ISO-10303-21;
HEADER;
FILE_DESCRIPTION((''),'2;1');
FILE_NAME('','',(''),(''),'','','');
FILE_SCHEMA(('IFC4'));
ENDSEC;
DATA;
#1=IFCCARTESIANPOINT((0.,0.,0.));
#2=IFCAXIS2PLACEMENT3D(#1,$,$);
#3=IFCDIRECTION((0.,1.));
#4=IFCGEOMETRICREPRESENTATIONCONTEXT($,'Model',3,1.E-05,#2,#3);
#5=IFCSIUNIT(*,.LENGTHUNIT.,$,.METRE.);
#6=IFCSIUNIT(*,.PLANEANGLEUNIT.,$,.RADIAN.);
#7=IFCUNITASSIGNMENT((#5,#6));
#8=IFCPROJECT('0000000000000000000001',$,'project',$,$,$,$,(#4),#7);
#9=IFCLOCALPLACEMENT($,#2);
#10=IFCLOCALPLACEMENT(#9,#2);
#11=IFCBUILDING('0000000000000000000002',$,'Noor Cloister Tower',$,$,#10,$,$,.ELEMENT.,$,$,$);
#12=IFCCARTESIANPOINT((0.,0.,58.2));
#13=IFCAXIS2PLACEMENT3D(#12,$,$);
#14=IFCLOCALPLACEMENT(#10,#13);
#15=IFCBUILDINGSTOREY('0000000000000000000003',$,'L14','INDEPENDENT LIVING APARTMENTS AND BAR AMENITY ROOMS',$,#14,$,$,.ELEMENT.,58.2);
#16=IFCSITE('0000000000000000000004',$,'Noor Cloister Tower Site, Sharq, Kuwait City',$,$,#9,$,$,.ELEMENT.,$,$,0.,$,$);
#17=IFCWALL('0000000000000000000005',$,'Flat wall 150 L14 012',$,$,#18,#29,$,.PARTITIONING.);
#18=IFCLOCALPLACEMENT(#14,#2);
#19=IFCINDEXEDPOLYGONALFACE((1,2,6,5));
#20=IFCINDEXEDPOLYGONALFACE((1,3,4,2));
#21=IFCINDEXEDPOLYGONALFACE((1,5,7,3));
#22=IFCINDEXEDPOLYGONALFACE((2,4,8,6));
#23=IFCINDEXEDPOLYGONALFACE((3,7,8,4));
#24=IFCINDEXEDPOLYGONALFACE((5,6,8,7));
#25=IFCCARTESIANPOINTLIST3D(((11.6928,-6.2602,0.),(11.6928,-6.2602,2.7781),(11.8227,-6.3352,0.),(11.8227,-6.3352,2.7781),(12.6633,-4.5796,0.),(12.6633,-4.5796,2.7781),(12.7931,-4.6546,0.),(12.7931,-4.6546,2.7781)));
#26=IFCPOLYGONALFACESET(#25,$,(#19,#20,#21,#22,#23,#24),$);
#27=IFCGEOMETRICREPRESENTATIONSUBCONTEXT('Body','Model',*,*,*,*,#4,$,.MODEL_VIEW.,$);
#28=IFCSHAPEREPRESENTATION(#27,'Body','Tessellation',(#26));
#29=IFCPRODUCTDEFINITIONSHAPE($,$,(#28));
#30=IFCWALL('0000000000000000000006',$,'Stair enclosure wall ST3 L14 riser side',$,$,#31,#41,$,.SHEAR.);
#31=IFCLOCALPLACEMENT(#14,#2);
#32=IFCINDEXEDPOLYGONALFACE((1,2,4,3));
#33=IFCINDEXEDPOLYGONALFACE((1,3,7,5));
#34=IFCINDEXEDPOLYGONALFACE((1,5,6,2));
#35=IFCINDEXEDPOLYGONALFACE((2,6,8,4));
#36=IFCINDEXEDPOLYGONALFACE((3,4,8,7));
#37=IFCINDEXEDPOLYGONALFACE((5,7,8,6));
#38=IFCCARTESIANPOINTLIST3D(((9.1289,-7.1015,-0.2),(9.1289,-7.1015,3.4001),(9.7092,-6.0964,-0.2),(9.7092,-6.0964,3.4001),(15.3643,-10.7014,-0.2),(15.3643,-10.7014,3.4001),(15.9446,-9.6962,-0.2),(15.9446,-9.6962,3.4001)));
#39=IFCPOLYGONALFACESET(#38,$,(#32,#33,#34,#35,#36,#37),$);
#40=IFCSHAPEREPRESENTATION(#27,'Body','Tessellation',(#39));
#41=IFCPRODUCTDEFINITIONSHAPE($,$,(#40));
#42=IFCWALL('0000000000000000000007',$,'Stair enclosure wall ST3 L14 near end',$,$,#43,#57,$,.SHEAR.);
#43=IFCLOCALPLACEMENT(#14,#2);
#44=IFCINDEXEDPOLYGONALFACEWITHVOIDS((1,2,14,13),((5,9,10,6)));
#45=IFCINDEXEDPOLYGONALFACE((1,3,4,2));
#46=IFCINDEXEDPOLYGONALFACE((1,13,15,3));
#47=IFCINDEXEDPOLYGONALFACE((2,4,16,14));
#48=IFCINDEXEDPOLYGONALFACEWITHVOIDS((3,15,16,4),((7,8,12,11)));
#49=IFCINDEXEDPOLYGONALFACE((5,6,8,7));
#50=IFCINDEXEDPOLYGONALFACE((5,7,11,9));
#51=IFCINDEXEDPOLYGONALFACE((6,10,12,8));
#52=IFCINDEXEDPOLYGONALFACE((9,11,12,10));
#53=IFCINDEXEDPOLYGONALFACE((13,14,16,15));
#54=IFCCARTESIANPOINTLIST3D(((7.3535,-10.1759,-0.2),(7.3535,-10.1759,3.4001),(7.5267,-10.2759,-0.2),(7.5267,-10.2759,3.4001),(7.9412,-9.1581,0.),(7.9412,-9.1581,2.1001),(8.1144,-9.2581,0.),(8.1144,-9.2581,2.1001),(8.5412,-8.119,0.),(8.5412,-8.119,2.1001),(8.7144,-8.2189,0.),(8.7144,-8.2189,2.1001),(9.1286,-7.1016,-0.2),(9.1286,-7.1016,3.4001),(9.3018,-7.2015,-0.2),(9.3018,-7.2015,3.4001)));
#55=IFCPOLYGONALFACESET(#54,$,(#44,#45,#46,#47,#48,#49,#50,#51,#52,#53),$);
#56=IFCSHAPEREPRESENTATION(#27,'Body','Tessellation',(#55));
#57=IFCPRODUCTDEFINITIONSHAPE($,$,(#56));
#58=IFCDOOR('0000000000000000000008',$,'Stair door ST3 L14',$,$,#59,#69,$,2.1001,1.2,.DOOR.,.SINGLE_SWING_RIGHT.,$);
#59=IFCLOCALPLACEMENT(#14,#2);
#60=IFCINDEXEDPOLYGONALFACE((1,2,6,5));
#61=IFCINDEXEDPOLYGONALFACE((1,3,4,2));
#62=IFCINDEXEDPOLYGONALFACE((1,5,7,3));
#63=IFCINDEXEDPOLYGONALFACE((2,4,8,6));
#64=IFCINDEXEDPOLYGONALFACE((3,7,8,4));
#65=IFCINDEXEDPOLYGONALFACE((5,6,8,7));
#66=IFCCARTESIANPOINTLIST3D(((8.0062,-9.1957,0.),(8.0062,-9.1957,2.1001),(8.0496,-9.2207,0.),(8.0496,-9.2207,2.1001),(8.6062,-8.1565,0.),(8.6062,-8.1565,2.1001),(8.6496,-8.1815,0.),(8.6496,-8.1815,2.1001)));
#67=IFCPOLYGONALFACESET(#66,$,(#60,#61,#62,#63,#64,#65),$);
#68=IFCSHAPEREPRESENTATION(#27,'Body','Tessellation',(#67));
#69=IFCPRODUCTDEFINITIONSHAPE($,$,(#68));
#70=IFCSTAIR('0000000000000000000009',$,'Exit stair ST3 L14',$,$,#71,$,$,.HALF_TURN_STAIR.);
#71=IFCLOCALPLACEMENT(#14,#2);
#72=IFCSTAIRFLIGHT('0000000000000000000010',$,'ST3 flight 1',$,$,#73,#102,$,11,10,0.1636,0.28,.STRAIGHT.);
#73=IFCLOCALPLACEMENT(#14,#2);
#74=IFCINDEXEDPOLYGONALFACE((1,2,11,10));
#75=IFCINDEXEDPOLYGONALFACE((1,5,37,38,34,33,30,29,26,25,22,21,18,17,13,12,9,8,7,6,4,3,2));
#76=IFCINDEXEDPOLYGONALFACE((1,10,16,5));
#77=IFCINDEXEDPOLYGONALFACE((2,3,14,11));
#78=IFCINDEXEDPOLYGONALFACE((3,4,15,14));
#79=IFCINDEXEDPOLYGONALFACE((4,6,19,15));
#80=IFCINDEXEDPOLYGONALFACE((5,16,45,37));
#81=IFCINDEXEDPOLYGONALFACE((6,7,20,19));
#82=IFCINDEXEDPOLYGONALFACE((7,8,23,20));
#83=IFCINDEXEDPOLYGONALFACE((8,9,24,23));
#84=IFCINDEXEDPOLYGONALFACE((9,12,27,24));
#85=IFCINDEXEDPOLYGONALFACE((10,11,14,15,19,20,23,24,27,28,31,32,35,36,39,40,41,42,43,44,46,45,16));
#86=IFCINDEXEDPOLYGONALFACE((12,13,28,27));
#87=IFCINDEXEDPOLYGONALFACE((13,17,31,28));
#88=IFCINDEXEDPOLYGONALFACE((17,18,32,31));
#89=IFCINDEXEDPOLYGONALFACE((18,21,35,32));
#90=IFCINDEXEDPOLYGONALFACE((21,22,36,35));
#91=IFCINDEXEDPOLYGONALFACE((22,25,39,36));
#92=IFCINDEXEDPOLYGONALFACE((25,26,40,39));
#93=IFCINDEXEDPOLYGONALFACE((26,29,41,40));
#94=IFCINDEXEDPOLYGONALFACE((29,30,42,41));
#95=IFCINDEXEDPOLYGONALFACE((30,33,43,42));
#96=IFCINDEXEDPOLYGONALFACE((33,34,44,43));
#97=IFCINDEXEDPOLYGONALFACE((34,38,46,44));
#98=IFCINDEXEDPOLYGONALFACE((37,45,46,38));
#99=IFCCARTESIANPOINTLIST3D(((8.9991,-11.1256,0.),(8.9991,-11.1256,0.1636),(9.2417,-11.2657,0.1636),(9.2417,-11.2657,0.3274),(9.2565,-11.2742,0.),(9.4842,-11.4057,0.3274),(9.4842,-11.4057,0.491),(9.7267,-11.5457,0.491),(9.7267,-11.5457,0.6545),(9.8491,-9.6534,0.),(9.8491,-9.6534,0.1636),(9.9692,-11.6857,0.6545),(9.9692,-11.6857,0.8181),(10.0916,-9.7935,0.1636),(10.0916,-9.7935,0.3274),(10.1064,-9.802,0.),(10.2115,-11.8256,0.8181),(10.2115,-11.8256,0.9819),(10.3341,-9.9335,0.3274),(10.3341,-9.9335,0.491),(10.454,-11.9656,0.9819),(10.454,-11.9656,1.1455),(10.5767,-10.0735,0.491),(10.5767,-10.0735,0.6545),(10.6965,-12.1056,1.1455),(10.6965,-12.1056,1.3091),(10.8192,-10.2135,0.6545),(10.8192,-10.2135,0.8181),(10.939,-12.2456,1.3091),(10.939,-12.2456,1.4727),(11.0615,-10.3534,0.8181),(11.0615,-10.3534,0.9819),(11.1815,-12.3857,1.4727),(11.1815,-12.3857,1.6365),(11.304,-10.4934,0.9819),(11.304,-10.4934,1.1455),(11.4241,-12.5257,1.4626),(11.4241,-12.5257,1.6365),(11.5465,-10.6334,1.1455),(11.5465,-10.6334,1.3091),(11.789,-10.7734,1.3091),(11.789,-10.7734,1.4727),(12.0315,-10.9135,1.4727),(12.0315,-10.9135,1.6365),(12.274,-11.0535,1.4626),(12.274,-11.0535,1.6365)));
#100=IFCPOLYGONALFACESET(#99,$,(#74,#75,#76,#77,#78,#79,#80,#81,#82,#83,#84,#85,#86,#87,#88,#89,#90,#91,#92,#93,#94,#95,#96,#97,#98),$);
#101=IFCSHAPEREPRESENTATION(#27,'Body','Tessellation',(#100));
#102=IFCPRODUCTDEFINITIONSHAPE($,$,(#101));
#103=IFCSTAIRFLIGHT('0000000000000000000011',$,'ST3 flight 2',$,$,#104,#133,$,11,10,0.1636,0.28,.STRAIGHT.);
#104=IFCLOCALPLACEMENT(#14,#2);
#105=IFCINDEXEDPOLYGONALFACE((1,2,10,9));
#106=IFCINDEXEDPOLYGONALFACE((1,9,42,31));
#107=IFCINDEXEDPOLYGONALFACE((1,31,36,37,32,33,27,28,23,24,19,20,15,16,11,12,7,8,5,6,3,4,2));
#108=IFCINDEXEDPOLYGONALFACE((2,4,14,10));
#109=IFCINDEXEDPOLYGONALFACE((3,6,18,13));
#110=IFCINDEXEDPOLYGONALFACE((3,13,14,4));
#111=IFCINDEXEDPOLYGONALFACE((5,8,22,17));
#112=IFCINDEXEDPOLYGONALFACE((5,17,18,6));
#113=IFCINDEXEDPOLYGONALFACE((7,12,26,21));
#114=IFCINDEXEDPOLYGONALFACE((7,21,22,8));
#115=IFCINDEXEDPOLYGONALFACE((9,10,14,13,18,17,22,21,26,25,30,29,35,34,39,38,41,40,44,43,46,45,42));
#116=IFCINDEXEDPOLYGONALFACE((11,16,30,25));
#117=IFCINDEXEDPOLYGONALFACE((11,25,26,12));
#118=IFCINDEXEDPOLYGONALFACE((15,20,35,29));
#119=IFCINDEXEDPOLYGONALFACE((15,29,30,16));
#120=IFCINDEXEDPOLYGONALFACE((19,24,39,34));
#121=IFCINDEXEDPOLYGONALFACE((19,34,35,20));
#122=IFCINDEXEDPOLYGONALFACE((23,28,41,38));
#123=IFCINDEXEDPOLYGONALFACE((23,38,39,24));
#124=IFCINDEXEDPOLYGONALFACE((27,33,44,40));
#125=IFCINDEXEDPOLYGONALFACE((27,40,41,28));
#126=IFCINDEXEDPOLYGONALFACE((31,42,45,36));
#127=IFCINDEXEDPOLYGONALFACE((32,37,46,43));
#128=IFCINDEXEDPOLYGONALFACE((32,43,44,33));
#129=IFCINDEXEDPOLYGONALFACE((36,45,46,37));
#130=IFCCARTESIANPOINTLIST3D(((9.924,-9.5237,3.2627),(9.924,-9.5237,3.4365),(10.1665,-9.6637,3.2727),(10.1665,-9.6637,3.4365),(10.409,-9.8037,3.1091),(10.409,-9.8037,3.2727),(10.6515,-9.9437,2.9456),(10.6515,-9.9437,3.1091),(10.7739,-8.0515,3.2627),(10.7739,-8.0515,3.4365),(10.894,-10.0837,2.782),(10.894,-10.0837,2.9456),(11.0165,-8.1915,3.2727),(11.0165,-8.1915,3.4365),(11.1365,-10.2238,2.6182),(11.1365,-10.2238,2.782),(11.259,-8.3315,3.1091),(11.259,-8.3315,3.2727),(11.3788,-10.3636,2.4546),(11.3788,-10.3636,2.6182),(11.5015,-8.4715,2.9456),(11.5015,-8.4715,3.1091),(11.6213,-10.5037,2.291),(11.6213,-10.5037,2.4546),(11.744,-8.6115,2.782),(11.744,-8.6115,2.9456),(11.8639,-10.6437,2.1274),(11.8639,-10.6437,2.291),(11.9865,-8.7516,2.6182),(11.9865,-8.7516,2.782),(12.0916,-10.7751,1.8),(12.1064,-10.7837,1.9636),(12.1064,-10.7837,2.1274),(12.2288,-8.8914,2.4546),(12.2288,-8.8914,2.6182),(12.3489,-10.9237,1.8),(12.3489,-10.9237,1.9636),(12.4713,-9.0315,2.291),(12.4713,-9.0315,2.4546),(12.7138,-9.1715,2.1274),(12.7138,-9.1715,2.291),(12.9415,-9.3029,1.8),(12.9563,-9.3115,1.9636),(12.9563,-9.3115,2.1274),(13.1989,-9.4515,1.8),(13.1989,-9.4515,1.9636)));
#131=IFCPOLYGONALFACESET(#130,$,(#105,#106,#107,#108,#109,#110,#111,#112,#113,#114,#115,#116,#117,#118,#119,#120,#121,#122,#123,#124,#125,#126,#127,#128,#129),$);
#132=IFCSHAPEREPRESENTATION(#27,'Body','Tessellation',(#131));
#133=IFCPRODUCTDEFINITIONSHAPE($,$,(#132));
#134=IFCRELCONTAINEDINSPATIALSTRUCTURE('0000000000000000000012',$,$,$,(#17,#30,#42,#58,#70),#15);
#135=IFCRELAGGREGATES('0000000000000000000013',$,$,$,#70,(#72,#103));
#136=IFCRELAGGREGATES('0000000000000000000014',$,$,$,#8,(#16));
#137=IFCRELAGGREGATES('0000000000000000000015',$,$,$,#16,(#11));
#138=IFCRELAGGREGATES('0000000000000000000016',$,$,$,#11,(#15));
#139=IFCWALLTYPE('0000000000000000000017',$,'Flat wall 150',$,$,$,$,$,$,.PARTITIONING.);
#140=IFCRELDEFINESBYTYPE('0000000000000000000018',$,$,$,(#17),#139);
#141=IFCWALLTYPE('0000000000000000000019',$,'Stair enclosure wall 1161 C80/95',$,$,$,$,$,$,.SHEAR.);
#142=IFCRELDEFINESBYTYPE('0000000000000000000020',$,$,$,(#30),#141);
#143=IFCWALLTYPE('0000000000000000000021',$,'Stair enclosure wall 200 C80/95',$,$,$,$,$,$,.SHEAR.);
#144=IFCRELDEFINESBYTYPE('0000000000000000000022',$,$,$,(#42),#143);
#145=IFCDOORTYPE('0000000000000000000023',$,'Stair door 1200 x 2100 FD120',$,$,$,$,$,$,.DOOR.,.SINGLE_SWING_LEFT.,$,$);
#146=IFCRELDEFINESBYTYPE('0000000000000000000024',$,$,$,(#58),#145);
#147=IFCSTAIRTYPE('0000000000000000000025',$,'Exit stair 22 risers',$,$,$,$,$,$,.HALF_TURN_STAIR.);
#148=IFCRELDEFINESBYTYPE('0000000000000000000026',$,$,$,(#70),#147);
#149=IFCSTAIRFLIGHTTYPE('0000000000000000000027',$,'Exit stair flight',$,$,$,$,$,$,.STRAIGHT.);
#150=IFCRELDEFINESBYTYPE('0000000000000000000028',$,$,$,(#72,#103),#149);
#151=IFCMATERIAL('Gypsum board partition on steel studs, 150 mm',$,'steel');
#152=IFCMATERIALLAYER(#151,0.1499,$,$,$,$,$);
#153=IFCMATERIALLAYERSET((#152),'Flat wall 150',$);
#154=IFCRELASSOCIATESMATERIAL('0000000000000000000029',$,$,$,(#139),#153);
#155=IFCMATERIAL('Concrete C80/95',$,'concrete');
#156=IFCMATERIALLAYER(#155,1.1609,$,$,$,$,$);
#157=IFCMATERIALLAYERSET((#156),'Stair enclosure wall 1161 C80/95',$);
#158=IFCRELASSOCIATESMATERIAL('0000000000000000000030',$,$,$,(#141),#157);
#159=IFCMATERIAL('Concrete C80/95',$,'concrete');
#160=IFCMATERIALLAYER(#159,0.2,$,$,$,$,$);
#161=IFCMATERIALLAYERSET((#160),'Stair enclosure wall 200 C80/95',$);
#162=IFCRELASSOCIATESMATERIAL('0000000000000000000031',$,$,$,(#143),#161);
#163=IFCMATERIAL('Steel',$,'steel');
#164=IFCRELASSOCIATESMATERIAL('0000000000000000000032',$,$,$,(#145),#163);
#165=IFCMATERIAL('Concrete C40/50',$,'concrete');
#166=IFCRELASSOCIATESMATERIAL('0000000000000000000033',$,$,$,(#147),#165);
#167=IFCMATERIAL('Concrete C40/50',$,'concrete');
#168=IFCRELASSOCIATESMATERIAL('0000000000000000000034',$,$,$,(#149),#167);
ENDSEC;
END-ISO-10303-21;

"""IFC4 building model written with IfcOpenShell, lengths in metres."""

from ifc_helpers import new_model, si_unit, direction, frame, frame_2d, origin, place, context, subcontext, project, spatial, polyline, rectangle, outline, extrude, material, layer, layer_set, type_object, element, fill, aggregate, save


model = new_model("IFC4")

# Units and contexts
model_context = context("Model", 3, precision=1e-05, world=origin(), true_north=direction((0.0, 1.0)))
body_context = subcontext(model_context, "Body", "Model", "MODEL_VIEW")
ifc_project = project(units=[si_unit("LENGTHUNIT", "METRE"), si_unit("PLANEANGLEUNIT", "RADIAN")], contexts=[model_context])

# Site, building, storey
site_placement = place(None, origin())
site = spatial("IfcSite", under=ifc_project, at=site_placement, Name="Noor Cloister Tower Site, Sharq, Kuwait City", CompositionType="ELEMENT", RefElevation=0.0)
building_placement = place(site_placement, origin())
building = spatial("IfcBuilding", under=site, at=building_placement, Name="Noor Cloister Tower", CompositionType="ELEMENT")
storey_placement = place(building_placement, frame((0.0, 0.0, 58.2)))
storey = spatial("IfcBuildingStorey", under=building, at=storey_placement, Name="L14", Description="INDEPENDENT LIVING APARTMENTS AND BAR AMENITY ROOMS", CompositionType="ELEMENT", Elevation=58.2)

# Shared definitions
ifc_material_1 = material(Name="Gypsum board partition on steel studs, 150 mm", Category="steel")
ifc_layer_1 = layer(ifc_material_1, 0.1499)
ifc_layer_set_1 = layer_set([ifc_layer_1], Name="Flat wall 150")
wall_type_1 = type_object("IfcWallType", Name="Flat wall 150", PredefinedType="PARTITIONING", material=ifc_layer_set_1)

# Walls
wall_1_placement = place(storey_placement, frame((11.7578, -6.2976, 0.0), z_axis=(0.0, 0.0, 1.0), x_axis=(0.500049, 0.865997, 0.0)))
element("IfcWall", 1, at=wall_1_placement, inside=storey, type_object=wall_type_1, Name="Flat wall 150 L14 012", PredefinedType="PARTITIONING", context=body_context, shape_type="SweptSolid", body=[
    extrude(rectangle(XDim=1.9407, YDim=0.1499, at=frame_2d((0.9702, 0.0))), origin(), (0.0, 0.0, 1.0), 2.7781),
])
ifc_material_2 = material(Name="Concrete C80/95", Category="concrete")
ifc_layer_2 = layer(ifc_material_2, 1.1609)
ifc_layer_set_2 = layer_set([ifc_layer_2], Name="Stair enclosure wall 1161 C80/95")
wall_type_2 = type_object("IfcWallType", Name="Stair enclosure wall 1161 C80/95", PredefinedType="SHEAR", material=ifc_layer_set_2)
wall_2_placement = place(storey_placement, frame((9.4189, -6.5989, -0.2), z_axis=(0.0, 0.0, 1.0), x_axis=(0.866033, -0.499987, 0.0)))
element("IfcWall", 2, at=wall_2_placement, inside=storey, type_object=wall_type_2, Name="Stair enclosure wall ST3 L14 riser side", PredefinedType="SHEAR", context=body_context, shape_type="SweptSolid", body=[
    extrude(rectangle(XDim=7.2, YDim=1.1606, at=frame_2d((3.6001, 0.0))), origin(), (0.0, 0.0, 1.0), 3.6001),
])

# Wall, opening, door
ifc_material_3 = material(Name="Concrete C80/95", Category="concrete")
ifc_layer_3 = layer(ifc_material_3, 0.2)
ifc_layer_set_3 = layer_set([ifc_layer_3], Name="Stair enclosure wall 200 C80/95")
wall_type_3 = type_object("IfcWallType", Name="Stair enclosure wall 200 C80/95", PredefinedType="SHEAR", material=ifc_layer_set_3)
wall_3_placement = place(storey_placement, frame((7.4402, -10.2258, -0.2), z_axis=(0.0, 0.0, 1.0), x_axis=(0.500022, 0.866013, 0.0)))
wall_3 = element("IfcWall", 3, at=wall_3_placement, inside=storey, type_object=wall_type_3, Name="Stair enclosure wall ST3 L14 near end", PredefinedType="SHEAR", context=body_context, shape_type="SweptSolid", body=[
    extrude(rectangle(XDim=3.55, YDim=0.2, at=frame_2d((1.7749, 0.0))), origin(), (0.0, 0.0, 1.0), 3.6001),
])
opening_1_placement = place(wall_3_placement, frame((1.175, 0.0, 0.2)))
opening_1 = element("IfcOpeningElement", 4, at=opening_1_placement, cuts=wall_3, PredefinedType="OPENING", context=body_context, shape_type="SweptSolid", body=[
    extrude(rectangle(XDim=1.2, YDim=2.1001, at=frame_2d((0.6001, 1.05))), frame((0.0, 0.1099, 0.0), z_axis=(0.0, -1.0, 0.0), x_axis=(1.0, 0.0, 0.0)), (0.0, 0.0, 1.0), 0.22),
])
ifc_material_4 = material(Name="Steel", Category="steel")
door_type_1 = type_object("IfcDoorType", Name="Stair door 1200 x 2100 FD120", OperationType="SINGLE_SWING_LEFT", PredefinedType="DOOR", material=ifc_material_4)
door_1_placement = place(opening_1_placement, origin())
door_1 = element("IfcDoor", 5, at=door_1_placement, inside=storey, type_object=door_type_1, Name="Stair door ST3 L14", OperationType="SINGLE_SWING_RIGHT", OverallHeight=2.1001, OverallWidth=1.2, PredefinedType="DOOR", context=body_context, shape_type="SweptSolid", body=[
    extrude(rectangle(XDim=1.2, YDim=2.1001, at=frame_2d((0.6001, 1.05))), frame((0.0, 0.0249, 0.0), z_axis=(0.0, -1.0, 0.0), x_axis=(1.0, 0.0, 0.0)), (0.0, 0.0, 1.0), 0.05),
])
fill(opening_1, door_1)

# Stair, stair flights
ifc_material_5 = material(Name="Concrete C40/50", Category="concrete")
stair_type = type_object("IfcStairType", Name="Exit stair 22 risers", PredefinedType="HALF_TURN_STAIR", material=ifc_material_5)
stair_placement = place(storey_placement, origin())
stair = element("IfcStair", 6, at=stair_placement, inside=storey, type_object=stair_type, Name="Exit stair ST3 L14", PredefinedType="HALF_TURN_STAIR")
ifc_material_6 = material(Name="Concrete C40/50", Category="concrete")
stair_flight_type = type_object("IfcStairFlightType", Name="Exit stair flight", PredefinedType="STRAIGHT", material=ifc_material_6)
stair_flight_1_placement = place(storey_placement, frame((9.4241, -10.3896, 0.0), z_axis=(0.0, 0.0, 1.0), x_axis=(0.866025, -0.5, 0.0)))
stair_flight_1 = element("IfcStairFlight", 7, at=stair_flight_1_placement, type_object=stair_flight_type, Name="ST3 flight 1", NumberOfRisers=11, NumberOfTreads=10, PredefinedType="STRAIGHT", RiserHeight=0.1636, TreadLength=0.28, context=body_context, shape_type="SweptSolid", body=[
    extrude(outline(polyline([(0.0, 0.0), (0.0, 0.1636), (0.28, 0.1636), (0.28, 0.3274), (0.5601, 0.3274), (0.5601, 0.491), (0.8401, 0.491), (0.8401, 0.6545), (1.1201, 0.6545), (1.1201, 0.8181), (1.3999, 0.8181), (1.3999, 0.9819), (1.6799, 0.9819), (1.6799, 1.1455), (1.96, 1.1455), (1.96, 1.3091), (2.24, 1.3091), (2.24, 1.4727), (2.52, 1.4727), (2.52, 1.6365), (2.8, 1.6365), (2.8, 1.8), (2.8, 1.4626), (0.2971, 0.0), (0.0, 0.0)])), frame((0.0, 0.8501, 0.0), z_axis=(0.0, -1.0, 0.0), x_axis=(1.0, 0.0, 0.0)), (0.0, 0.0, 1.0), 1.7),
])
stair_flight_2_placement = place(storey_placement, frame((12.7739, -10.1875, 1.8), z_axis=(0.0, 0.0, 1.0), x_axis=(-0.866025, 0.5, 0.0)))
stair_flight_2 = element("IfcStairFlight", 8, at=stair_flight_2_placement, type_object=stair_flight_type, Name="ST3 flight 2", NumberOfRisers=11, NumberOfTreads=10, PredefinedType="STRAIGHT", RiserHeight=0.1636, TreadLength=0.28, context=body_context, shape_type="SweptSolid", body=[
    extrude(outline(polyline([(0.0, 0.0), (0.0, 0.1636), (0.28, 0.1636), (0.28, 0.3274), (0.5601, 0.3274), (0.5601, 0.491), (0.8401, 0.491), (0.8401, 0.6545), (1.1201, 0.6545), (1.1201, 0.8181), (1.3999, 0.8181), (1.3999, 0.9819), (1.6799, 0.9819), (1.6799, 1.1455), (1.96, 1.1455), (1.96, 1.3091), (2.24, 1.3091), (2.24, 1.4727), (2.52, 1.4727), (2.52, 1.6365), (2.8, 1.6365), (2.8, 1.8), (2.8, 1.4626), (0.2971, 0.0), (0.0, 0.0)])), frame((0.0, 0.8501, 0.0), z_axis=(0.0, -1.0, 0.0), x_axis=(1.0, 0.0, 0.0)), (0.0, 0.0, 1.0), 1.7),
])
aggregate(stair, [stair_flight_1, stair_flight_2])

save(model, "model.ifc")
